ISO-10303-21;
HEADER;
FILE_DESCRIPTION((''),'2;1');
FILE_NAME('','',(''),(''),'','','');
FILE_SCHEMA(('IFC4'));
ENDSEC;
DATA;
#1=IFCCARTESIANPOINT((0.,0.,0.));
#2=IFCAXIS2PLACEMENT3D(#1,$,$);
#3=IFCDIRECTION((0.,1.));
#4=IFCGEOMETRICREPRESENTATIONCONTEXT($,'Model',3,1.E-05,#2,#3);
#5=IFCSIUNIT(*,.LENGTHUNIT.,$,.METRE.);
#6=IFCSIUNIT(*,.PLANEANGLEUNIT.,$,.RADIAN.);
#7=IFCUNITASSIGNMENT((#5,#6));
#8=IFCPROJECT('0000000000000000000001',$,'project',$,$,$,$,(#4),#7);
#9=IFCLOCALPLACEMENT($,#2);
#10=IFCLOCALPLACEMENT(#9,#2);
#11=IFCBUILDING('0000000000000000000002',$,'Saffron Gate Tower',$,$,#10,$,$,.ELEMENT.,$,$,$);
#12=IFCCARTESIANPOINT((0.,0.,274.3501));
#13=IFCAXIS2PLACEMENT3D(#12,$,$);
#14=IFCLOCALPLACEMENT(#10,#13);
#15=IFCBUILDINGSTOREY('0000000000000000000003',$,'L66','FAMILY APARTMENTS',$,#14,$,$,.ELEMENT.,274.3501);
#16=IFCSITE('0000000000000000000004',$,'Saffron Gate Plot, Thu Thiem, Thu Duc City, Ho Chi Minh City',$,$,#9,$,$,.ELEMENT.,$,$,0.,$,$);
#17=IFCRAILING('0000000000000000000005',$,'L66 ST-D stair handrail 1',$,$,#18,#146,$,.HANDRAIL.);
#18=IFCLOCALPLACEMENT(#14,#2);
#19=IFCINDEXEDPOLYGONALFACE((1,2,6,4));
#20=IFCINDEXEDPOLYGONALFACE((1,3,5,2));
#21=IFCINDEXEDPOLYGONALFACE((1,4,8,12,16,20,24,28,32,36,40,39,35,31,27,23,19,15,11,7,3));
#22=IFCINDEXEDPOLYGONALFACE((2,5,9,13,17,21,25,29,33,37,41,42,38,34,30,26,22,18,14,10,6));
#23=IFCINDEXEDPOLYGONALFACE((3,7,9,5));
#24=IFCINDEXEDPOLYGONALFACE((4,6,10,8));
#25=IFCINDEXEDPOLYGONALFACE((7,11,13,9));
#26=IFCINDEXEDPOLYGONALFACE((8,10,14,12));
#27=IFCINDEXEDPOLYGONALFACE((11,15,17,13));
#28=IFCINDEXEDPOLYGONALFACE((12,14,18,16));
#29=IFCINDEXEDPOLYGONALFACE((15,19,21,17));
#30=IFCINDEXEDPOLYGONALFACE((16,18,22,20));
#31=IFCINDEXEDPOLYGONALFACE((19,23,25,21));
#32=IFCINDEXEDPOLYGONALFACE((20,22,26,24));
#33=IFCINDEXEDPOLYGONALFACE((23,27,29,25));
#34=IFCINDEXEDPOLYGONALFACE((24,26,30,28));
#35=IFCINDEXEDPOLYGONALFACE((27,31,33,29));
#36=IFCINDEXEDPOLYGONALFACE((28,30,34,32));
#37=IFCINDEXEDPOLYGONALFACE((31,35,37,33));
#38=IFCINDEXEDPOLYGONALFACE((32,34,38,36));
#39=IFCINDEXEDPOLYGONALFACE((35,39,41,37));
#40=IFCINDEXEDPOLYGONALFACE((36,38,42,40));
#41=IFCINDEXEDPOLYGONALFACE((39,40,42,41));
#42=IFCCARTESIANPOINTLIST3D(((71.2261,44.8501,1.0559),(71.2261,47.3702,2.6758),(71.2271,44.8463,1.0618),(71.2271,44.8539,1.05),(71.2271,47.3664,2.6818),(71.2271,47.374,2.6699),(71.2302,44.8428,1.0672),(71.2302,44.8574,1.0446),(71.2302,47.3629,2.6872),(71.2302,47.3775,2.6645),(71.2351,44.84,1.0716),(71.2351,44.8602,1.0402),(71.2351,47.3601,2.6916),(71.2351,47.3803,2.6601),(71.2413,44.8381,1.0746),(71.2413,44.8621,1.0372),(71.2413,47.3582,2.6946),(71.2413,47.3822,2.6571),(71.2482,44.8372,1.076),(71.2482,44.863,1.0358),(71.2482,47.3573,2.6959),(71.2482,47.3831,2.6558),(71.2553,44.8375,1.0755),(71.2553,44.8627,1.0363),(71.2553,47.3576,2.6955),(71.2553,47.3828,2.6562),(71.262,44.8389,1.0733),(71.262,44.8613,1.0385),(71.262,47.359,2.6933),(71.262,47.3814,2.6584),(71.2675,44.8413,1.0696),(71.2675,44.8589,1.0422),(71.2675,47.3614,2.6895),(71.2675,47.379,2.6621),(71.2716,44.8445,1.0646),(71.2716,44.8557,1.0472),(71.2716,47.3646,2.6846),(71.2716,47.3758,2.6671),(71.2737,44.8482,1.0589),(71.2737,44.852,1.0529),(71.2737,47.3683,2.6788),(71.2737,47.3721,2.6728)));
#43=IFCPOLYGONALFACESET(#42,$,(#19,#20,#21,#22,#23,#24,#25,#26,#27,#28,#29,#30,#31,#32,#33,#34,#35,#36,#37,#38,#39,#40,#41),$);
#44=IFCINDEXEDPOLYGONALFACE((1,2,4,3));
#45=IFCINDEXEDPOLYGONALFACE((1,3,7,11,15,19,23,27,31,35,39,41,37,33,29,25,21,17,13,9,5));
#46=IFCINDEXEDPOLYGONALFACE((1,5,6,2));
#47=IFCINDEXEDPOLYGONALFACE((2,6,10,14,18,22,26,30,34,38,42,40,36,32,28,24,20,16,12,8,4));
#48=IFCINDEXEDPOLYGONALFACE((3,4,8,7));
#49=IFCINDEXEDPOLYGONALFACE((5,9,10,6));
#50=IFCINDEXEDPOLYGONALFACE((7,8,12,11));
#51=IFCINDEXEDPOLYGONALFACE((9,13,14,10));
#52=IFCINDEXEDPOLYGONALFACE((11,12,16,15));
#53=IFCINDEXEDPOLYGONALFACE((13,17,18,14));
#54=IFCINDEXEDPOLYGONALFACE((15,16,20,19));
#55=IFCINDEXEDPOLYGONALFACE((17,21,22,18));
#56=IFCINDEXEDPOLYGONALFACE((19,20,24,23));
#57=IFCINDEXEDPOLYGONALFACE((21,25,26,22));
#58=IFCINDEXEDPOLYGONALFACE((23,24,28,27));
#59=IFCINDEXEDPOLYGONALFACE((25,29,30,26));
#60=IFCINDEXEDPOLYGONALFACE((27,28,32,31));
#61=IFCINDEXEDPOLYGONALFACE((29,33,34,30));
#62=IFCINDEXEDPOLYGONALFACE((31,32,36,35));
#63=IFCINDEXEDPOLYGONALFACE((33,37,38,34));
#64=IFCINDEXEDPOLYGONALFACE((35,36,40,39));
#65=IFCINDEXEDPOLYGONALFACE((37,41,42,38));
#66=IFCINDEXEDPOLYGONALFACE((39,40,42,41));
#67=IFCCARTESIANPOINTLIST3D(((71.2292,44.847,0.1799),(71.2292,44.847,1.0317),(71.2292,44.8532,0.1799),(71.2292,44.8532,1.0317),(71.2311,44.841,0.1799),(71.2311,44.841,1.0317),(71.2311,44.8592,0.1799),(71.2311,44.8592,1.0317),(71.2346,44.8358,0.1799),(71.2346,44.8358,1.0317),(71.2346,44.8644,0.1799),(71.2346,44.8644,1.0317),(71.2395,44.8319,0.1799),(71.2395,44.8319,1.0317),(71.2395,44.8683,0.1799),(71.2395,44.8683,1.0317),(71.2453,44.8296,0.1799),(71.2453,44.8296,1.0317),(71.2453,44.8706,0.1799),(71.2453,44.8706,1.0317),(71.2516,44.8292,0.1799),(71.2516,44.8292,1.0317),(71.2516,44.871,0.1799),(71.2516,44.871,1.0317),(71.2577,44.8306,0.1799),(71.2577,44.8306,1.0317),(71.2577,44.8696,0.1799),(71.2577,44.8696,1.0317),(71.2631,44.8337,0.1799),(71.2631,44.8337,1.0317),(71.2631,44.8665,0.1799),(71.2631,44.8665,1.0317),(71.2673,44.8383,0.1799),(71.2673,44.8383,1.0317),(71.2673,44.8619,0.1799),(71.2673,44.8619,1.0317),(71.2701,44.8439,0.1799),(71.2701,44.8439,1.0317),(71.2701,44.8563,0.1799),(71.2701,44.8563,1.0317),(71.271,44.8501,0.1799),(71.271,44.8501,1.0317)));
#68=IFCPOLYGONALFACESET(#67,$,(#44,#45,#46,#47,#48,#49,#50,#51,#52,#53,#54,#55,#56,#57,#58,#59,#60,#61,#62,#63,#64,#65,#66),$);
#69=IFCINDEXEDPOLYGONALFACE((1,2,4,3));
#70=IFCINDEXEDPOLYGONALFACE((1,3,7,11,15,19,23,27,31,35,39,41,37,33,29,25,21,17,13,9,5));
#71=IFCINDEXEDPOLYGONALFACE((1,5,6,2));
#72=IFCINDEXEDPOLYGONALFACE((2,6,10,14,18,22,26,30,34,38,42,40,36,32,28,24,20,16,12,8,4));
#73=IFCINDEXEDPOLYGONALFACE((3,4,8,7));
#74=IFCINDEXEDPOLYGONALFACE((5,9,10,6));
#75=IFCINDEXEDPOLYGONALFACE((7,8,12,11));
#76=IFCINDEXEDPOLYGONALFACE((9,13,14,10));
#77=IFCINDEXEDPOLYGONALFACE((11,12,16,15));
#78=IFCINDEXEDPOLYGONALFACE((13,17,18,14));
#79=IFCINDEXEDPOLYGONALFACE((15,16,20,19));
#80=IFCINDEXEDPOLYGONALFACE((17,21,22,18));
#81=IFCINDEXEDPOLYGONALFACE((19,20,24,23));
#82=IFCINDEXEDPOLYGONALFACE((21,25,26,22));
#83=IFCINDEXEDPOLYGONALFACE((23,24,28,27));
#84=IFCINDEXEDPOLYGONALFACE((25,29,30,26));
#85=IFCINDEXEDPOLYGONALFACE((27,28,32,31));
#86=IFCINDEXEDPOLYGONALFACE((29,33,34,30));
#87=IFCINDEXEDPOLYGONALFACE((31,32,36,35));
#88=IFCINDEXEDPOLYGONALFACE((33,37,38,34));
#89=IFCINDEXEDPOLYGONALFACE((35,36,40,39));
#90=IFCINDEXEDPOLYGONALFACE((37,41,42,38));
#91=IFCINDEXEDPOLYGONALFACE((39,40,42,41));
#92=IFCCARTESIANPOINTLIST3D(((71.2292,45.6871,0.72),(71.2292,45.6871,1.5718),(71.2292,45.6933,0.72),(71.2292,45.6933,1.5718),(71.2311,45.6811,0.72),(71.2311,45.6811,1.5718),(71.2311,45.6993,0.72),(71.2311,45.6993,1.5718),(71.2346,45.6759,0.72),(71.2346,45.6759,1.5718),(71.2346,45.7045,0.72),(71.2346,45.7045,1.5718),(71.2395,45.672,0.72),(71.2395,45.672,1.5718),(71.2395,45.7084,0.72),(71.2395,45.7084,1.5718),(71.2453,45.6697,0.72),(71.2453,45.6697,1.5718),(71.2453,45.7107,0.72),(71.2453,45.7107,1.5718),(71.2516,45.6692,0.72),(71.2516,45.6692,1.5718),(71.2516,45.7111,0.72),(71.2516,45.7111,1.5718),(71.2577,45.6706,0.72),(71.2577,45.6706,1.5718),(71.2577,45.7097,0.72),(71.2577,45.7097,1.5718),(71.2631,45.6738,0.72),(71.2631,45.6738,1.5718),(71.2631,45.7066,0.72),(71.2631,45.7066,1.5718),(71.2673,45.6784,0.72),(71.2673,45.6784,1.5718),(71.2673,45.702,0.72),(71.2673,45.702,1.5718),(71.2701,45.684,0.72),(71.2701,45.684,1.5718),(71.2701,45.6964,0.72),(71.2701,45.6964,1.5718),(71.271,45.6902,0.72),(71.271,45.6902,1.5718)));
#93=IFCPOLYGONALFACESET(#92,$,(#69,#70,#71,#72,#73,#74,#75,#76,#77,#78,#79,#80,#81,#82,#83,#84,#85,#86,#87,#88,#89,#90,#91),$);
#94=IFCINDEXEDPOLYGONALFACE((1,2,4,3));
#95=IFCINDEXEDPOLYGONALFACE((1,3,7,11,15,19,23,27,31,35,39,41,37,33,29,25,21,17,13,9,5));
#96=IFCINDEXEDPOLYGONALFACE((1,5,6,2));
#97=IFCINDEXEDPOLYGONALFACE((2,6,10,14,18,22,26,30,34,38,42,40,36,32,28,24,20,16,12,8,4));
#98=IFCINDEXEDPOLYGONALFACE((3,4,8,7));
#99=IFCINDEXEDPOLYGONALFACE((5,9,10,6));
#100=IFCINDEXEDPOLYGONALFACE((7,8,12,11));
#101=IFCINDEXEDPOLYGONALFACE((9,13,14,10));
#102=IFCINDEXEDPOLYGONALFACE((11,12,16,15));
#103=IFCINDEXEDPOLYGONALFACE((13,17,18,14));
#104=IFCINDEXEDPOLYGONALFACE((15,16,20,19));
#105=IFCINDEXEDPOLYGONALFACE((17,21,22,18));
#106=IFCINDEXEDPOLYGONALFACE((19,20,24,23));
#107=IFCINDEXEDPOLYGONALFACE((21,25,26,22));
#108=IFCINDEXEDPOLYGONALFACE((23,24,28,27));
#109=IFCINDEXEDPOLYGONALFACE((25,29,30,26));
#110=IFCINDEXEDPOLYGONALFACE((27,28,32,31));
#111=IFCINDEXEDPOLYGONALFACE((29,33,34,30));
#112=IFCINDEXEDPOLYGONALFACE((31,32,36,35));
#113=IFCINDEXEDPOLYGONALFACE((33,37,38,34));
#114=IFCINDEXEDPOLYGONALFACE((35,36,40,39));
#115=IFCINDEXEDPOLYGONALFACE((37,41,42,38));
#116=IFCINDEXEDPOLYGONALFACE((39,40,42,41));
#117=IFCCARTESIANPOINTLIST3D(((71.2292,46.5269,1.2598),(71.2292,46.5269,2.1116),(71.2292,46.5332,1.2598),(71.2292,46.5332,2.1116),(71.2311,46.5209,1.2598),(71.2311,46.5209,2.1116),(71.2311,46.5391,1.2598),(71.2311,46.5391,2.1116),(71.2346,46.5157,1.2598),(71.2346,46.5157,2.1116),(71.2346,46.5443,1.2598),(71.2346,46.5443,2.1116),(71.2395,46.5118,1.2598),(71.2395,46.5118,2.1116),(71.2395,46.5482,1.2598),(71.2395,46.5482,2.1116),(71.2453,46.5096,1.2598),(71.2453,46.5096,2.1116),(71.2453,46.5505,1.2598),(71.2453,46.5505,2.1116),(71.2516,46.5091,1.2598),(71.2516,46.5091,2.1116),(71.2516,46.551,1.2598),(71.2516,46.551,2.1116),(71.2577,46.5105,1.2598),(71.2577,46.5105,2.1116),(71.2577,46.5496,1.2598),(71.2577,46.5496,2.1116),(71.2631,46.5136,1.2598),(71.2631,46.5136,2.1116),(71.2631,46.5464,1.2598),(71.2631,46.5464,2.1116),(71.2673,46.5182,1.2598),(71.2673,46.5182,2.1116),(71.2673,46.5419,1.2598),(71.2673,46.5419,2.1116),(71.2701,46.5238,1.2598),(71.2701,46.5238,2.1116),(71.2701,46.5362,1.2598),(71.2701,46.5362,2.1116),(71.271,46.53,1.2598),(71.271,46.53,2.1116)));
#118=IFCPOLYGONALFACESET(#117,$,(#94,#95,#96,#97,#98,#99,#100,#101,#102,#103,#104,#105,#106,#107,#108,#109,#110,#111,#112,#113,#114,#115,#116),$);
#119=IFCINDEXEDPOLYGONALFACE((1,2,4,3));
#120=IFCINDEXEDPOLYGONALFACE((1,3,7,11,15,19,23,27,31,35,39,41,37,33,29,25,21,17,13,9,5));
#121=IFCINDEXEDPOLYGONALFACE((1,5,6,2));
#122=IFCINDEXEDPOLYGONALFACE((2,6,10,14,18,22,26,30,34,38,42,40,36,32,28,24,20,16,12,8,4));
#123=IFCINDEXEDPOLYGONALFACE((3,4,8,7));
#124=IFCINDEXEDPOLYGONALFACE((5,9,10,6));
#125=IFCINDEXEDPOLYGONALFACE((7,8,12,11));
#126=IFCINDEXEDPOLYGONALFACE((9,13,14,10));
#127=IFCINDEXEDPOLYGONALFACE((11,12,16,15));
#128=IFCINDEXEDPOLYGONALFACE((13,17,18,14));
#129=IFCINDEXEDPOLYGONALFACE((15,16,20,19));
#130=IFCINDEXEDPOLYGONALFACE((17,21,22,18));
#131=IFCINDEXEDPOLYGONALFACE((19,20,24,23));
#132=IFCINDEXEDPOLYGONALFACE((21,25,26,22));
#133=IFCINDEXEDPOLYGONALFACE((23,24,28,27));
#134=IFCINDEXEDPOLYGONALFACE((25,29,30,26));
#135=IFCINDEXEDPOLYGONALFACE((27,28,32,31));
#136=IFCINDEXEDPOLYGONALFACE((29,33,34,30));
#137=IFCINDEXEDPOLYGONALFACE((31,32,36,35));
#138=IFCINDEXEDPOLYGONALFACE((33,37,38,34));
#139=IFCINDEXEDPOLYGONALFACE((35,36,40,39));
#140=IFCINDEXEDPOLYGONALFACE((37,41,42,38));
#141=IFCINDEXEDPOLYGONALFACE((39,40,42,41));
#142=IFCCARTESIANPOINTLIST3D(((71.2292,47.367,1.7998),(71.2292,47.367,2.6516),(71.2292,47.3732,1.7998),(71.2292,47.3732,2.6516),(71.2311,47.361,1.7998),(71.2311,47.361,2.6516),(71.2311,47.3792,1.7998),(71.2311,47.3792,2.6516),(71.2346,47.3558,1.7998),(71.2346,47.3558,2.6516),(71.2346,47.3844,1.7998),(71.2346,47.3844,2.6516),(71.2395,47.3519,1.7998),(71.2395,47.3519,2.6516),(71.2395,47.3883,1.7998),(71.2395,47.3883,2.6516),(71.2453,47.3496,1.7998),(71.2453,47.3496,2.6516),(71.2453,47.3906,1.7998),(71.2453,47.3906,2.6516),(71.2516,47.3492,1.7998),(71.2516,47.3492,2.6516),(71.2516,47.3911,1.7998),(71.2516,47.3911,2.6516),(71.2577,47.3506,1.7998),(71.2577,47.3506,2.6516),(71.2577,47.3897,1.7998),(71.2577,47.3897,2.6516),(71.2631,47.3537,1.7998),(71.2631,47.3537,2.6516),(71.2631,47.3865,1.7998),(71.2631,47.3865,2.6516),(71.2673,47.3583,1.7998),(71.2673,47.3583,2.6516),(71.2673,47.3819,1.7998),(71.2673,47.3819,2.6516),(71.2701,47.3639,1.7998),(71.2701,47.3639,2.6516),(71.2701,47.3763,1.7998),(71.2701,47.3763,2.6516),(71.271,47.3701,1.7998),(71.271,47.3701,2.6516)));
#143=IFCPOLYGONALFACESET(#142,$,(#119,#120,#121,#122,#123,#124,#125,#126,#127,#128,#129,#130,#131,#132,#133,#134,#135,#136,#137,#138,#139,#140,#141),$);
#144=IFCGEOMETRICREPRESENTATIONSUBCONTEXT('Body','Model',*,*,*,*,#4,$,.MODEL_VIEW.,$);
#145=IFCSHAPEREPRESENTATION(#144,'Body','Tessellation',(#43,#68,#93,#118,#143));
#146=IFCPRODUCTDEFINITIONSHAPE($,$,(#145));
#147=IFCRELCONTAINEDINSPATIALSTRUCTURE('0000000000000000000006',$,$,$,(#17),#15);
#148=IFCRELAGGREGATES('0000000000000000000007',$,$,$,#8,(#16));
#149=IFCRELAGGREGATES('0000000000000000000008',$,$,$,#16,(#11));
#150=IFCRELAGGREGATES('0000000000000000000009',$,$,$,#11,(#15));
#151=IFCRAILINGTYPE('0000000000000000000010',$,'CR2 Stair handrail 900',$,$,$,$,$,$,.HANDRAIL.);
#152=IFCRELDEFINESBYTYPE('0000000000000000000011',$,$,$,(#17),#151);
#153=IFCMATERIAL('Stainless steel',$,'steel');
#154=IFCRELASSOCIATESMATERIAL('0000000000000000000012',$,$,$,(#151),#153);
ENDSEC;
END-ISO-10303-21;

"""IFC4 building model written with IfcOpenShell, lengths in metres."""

from ifc_helpers import new_model, si_unit, direction, frame, origin, origin_2d, place, context, subcontext, project, spatial, circle, extrude, material, type_object, element, save


model = new_model("IFC4")

# Units and contexts
model_context = context("Model", 3, precision=1e-05, world=origin(), true_north=direction((0.0, 1.0)))
body_context = subcontext(model_context, "Body", "Model", "MODEL_VIEW")
ifc_project = project(units=[si_unit("LENGTHUNIT", "METRE"), si_unit("PLANEANGLEUNIT", "RADIAN")], contexts=[model_context])

# Site, building, storey
site_placement = place(None, origin())
site = spatial("IfcSite", under=ifc_project, at=site_placement, Name="Saffron Gate Plot, Thu Thiem, Thu Duc City, Ho Chi Minh City", CompositionType="ELEMENT", RefElevation=0.0)
building_placement = place(site_placement, origin())
building = spatial("IfcBuilding", under=site, at=building_placement, Name="Saffron Gate Tower", CompositionType="ELEMENT")
storey_placement = place(building_placement, frame((0.0, 0.0, 274.3501)))
storey = spatial("IfcBuildingStorey", under=building, at=storey_placement, Name="L66", Description="FAMILY APARTMENTS", CompositionType="ELEMENT", Elevation=274.3501)

# Railing
ifc_material_1 = material(Name="Stainless steel", Category="steel")
railing_type_1 = type_object("IfcRailingType", Name="CR2 Stair handrail 900", PredefinedType="HANDRAIL", material=ifc_material_1)
railing_1_placement = place(storey_placement, frame((71.25, 44.8501, 0.1799)))
element("IfcRailing", 1, at=railing_1_placement, inside=storey, type_object=railing_type_1, Name="L66 ST-D stair handrail 1", PredefinedType="HANDRAIL", context=body_context, shape_type="SweptSolid", body=[
    extrude(circle(Radius=0.0239, at=origin_2d()), frame((0.0, 0.0, 0.876), z_axis=(0.0, 0.8412, 0.540725), x_axis=(-1.0, 0.0, 0.0)), (0.0, 0.0, 1.0), 2.9958),
    extrude(circle(Radius=0.021, at=origin_2d()), origin(), (0.0, 0.0, 1.0), 0.8518),
    extrude(circle(Radius=0.021, at=origin_2d()), frame((0.0, 0.8401, 0.54)), (0.0, 0.0, 1.0), 0.8518),
    extrude(circle(Radius=0.021, at=origin_2d()), frame((0.0, 1.6799, 1.0798)), (0.0, 0.0, 1.0), 0.8518),
    extrude(circle(Radius=0.021, at=origin_2d()), frame((0.0, 2.52, 1.6199)), (0.0, 0.0, 1.0), 0.8518),
])

save(model, "model.ifc")
